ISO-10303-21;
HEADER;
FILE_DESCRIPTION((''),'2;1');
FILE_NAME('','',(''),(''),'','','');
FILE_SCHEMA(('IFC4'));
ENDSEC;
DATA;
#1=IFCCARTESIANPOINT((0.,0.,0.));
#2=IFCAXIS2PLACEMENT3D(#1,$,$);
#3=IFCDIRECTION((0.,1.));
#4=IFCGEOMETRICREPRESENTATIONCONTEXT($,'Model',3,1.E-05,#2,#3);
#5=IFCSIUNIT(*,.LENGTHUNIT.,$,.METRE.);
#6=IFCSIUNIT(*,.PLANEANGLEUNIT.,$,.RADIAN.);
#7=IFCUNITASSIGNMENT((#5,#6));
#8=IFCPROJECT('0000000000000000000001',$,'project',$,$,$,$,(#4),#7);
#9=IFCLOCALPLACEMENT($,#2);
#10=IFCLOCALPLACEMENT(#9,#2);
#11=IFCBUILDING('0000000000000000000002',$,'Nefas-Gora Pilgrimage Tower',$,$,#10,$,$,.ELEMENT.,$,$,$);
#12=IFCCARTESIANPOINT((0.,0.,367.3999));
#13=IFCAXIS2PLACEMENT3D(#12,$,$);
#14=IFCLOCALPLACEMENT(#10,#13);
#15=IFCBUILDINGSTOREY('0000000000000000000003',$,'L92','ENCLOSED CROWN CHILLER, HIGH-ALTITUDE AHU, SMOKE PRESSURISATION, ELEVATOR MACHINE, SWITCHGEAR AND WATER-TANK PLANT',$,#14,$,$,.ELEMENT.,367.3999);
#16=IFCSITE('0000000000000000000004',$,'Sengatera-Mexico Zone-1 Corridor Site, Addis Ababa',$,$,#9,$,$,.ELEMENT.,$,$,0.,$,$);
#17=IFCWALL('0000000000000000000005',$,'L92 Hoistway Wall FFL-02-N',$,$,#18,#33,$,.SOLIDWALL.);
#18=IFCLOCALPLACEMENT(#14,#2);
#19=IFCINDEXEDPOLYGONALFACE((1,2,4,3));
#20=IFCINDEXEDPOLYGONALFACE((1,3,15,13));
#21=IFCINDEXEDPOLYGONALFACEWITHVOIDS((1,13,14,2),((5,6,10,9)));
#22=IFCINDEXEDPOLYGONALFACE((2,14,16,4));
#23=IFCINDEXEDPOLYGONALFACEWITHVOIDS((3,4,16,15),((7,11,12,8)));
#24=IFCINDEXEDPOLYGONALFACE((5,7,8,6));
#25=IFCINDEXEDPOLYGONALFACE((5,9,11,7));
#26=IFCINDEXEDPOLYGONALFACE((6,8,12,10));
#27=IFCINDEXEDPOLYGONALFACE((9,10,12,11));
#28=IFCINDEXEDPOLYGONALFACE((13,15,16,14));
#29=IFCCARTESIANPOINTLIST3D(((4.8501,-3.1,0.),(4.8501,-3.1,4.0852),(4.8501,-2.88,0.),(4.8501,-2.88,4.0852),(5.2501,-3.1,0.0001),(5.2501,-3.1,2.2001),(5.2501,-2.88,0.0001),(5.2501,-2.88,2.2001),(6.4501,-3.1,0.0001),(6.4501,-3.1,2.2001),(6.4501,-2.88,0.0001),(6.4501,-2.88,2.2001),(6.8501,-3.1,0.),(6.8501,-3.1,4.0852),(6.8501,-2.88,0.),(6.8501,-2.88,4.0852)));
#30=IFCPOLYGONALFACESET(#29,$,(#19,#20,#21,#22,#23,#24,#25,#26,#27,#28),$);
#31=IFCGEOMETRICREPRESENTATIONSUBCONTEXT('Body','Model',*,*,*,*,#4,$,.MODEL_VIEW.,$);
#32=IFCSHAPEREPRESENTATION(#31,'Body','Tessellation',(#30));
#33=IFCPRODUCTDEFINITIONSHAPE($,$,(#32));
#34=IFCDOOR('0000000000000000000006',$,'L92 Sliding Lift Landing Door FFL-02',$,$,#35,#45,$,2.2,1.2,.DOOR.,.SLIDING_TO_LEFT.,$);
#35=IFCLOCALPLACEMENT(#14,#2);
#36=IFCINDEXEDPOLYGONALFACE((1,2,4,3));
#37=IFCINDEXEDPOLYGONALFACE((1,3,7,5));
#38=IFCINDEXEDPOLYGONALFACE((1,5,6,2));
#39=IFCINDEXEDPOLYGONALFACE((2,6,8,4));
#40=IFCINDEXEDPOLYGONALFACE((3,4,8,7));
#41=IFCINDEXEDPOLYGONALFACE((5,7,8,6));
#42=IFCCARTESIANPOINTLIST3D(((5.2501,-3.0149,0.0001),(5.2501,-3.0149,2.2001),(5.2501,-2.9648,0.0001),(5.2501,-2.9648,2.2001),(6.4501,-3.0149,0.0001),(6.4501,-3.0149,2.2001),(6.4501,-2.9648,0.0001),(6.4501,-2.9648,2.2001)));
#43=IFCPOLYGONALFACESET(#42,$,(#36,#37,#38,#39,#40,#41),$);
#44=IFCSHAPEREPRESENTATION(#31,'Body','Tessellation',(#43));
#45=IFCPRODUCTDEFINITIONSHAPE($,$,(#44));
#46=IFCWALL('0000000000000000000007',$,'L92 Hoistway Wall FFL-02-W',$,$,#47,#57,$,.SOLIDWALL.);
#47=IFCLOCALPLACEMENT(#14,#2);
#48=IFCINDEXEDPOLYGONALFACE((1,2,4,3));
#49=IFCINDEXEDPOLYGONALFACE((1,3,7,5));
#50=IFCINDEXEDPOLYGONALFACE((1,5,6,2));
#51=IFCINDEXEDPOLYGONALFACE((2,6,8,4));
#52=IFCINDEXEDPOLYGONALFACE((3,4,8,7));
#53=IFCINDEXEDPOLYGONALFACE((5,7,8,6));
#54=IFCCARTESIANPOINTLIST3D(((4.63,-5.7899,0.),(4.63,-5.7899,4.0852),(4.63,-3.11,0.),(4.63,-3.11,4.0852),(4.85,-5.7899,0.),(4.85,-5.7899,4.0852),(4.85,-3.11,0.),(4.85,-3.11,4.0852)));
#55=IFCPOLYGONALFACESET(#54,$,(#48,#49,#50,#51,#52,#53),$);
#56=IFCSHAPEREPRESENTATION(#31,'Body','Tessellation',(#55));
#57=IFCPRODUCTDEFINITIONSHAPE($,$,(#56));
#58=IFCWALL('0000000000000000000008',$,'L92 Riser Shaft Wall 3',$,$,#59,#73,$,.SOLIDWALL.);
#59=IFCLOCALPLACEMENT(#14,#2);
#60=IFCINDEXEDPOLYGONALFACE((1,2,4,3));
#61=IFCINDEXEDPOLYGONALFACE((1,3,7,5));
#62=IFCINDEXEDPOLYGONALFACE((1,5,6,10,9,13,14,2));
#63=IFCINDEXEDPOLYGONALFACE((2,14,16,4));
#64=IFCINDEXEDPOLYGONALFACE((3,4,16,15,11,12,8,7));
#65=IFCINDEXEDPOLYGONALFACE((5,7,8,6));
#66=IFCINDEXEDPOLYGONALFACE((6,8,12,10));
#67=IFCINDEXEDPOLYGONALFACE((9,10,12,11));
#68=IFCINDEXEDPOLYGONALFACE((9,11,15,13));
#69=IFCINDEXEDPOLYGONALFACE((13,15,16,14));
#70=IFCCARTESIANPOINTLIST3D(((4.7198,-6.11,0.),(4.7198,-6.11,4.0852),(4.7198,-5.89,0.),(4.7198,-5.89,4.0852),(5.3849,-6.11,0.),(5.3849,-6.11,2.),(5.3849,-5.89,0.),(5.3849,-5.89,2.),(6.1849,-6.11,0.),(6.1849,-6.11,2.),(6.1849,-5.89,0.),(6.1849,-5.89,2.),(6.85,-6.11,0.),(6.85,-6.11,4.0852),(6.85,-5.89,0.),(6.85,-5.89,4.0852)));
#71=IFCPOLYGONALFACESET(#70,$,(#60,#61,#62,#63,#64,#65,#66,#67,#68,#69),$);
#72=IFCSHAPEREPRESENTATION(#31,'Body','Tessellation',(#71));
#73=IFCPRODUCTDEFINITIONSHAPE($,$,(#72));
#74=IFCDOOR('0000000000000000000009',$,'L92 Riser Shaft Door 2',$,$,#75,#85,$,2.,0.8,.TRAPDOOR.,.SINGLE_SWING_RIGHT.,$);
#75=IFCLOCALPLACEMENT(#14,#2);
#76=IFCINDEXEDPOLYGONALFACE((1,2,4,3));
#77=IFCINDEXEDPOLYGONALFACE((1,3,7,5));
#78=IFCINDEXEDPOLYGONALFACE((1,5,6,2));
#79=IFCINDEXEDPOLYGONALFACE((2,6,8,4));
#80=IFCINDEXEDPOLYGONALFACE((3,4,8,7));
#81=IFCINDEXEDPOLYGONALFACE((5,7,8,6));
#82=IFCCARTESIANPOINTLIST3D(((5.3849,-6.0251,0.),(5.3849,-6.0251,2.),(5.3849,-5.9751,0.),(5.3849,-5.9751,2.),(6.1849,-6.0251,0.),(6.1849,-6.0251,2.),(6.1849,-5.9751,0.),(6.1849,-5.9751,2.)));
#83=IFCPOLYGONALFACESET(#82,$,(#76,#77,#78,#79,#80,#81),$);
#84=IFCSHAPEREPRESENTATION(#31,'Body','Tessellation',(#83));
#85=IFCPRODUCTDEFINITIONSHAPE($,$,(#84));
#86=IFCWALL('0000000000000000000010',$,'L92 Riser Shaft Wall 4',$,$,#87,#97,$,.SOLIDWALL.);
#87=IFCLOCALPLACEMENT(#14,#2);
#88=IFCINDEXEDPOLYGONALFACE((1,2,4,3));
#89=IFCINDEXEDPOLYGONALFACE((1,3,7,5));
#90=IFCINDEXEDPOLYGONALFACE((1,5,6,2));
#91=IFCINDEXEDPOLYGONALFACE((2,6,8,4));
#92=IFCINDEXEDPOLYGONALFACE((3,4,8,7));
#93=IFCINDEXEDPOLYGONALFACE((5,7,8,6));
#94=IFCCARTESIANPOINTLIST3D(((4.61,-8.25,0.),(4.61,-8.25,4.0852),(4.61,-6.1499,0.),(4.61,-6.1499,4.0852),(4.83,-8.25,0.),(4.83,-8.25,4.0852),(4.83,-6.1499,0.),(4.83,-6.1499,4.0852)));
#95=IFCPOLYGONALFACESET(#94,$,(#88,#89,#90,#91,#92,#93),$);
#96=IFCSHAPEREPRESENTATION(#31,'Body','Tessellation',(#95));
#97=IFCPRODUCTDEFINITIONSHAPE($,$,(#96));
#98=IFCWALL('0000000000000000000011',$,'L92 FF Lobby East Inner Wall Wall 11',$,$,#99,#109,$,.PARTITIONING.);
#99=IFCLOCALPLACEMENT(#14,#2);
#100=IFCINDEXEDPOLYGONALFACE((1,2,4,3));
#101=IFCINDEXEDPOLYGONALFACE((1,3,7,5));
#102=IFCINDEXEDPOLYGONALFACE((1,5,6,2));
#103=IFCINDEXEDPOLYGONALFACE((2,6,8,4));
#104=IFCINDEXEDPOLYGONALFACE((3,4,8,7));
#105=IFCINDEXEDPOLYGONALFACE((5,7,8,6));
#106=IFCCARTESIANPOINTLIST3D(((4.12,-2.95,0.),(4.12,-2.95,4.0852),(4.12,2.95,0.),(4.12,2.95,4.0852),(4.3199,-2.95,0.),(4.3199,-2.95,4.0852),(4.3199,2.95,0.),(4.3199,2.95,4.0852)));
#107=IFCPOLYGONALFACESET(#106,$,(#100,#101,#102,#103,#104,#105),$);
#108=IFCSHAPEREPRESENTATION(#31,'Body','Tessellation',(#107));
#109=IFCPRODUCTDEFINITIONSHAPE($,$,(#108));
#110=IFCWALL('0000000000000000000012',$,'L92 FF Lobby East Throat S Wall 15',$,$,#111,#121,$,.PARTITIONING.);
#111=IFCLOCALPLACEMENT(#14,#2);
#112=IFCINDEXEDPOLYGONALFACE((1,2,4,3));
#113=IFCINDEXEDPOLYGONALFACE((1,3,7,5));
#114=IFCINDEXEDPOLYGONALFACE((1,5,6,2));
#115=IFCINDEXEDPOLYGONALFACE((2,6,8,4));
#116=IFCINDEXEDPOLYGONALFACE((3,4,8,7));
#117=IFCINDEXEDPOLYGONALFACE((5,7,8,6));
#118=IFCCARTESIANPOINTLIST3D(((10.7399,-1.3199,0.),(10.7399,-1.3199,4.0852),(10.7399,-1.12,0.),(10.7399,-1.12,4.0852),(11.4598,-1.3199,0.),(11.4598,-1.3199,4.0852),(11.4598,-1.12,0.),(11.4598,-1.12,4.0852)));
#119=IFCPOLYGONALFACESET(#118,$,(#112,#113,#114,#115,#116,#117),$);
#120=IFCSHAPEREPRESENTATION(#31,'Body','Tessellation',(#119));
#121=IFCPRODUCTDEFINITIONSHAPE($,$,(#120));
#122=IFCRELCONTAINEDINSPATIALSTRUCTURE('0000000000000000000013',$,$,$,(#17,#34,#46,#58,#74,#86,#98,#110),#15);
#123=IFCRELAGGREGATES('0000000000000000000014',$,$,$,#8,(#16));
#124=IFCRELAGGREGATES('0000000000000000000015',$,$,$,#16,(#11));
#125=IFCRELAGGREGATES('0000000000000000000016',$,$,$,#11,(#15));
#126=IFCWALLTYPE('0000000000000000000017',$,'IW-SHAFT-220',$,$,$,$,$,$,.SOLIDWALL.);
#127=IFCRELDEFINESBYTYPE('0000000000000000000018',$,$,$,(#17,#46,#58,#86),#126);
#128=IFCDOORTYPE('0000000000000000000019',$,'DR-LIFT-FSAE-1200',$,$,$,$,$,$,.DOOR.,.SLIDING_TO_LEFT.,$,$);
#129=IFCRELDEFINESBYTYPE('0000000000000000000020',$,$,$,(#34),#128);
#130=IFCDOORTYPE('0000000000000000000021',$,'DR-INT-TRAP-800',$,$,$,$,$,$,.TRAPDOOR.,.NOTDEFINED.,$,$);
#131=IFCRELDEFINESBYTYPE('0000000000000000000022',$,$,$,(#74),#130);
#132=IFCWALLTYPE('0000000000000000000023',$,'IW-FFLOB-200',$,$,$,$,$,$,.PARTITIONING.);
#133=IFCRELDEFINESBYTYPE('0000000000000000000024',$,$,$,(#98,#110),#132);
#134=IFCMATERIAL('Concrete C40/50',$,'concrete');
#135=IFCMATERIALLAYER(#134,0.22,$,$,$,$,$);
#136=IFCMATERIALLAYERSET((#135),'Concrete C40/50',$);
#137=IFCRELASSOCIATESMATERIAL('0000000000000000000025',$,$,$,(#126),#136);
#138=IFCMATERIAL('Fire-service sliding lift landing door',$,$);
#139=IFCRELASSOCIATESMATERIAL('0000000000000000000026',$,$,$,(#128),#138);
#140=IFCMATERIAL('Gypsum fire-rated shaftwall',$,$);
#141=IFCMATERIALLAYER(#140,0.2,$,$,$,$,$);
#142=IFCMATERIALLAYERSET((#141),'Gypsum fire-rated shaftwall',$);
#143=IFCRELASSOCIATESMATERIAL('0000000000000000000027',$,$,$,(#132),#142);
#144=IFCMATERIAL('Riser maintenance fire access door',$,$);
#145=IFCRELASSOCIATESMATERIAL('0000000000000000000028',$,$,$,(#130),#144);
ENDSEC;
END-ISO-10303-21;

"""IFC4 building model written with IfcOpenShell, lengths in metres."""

from ifc_helpers import new_model, si_unit, direction, frame, frame_2d, origin, place, context, subcontext, project, spatial, rectangle, extrude, source, transform, mapped, material, layer, layer_set, type_object, element, fill, save


model = new_model("IFC4")

# Units and contexts
model_context = context("Model", 3, precision=1e-05, world=origin(), true_north=direction((0.0, 1.0)))
body_context = subcontext(model_context, "Body", "Model", "MODEL_VIEW")
ifc_project = project(units=[si_unit("LENGTHUNIT", "METRE"), si_unit("PLANEANGLEUNIT", "RADIAN")], contexts=[model_context])

# Site, building, storey
site_placement = place(None, origin())
site = spatial("IfcSite", under=ifc_project, at=site_placement, Name="Sengatera-Mexico Zone-1 Corridor Site, Addis Ababa", CompositionType="ELEMENT", RefElevation=0.0)
building_placement = place(site_placement, origin())
building = spatial("IfcBuilding", under=site, at=building_placement, Name="Nefas-Gora Pilgrimage Tower", CompositionType="ELEMENT")
storey_placement = place(building_placement, frame((0.0, 0.0, 367.3999)))
storey = spatial("IfcBuildingStorey", under=building, at=storey_placement, Name="L92", Description="ENCLOSED CROWN CHILLER, HIGH-ALTITUDE AHU, SMOKE PRESSURISATION, ELEVATOR MACHINE, SWITCHGEAR AND WATER-TANK PLANT", CompositionType="ELEMENT", Elevation=367.3999)

# Wall, opening, door
ifc_material_1 = material(Name="Concrete C40/50", Category="concrete")
ifc_layer_1 = layer(ifc_material_1, 0.22)
ifc_layer_set_1 = layer_set([ifc_layer_1], Name="Concrete C40/50")
wall_type_1 = type_object("IfcWallType", Name="IW-SHAFT-220", PredefinedType="SOLIDWALL", material=ifc_layer_set_1)
shared_shape_1 = source(origin(), body_context, "Body", "SweptSolid", [
    extrude(rectangle(XDim=2.0, YDim=0.22, at=frame_2d((1.0, 0.0))), origin(), (0.0, 0.0, 1.0), 4.0852),
])
wall_1_placement = place(storey_placement, frame((6.8501, -2.99, 0.0), z_axis=(0.0, 0.0, 1.0), x_axis=(-1.0, 0.0, 0.0)))
wall_1 = element("IfcWall", 1, at=wall_1_placement, inside=storey, type_object=wall_type_1, Name="L92 Hoistway Wall FFL-02-N", PredefinedType="SOLIDWALL", context=body_context, shape_type="MappedRepresentation", body=[
    mapped(shared_shape_1, transform((0.0, 0.0, 0.0), x_axis=(1.0, 0.0, 0.0), y_axis=(0.0, 1.0, 0.0), z_axis=(0.0, 0.0, 1.0), scale=1.0)),
])
opening_1_placement = place(wall_1_placement, frame((0.3999, 0.0, 0.0)))
opening_1 = element("IfcOpeningElement", 2, at=opening_1_placement, cuts=wall_1, PredefinedType="OPENING", context=body_context, shape_type="SweptSolid", body=[
    extrude(rectangle(XDim=1.2, YDim=2.2, at=frame_2d((0.6001, 1.1001))), frame((0.0, 0.1199, 0.0), z_axis=(0.0, -1.0, 0.0), x_axis=(1.0, 0.0, 0.0)), (0.0, 0.0, 1.0), 0.24),
])
ifc_material_2 = material(Name="Fire-service sliding lift landing door")
door_type_1 = type_object("IfcDoorType", Name="DR-LIFT-FSAE-1200", OperationType="SLIDING_TO_LEFT", PredefinedType="DOOR", material=ifc_material_2)
shared_shape_2 = source(origin(), body_context, "Body", "SweptSolid", [
    extrude(rectangle(XDim=1.2, YDim=2.2, at=frame_2d((0.6001, 1.1001))), frame((0.0, 0.0249, 0.0), z_axis=(0.0, -1.0, 0.0), x_axis=(1.0, 0.0, 0.0)), (0.0, 0.0, 1.0), 0.05),
])
door_1_placement = place(opening_1_placement, origin())
door_1 = element("IfcDoor", 3, at=door_1_placement, inside=storey, type_object=door_type_1, Name="L92 Sliding Lift Landing Door FFL-02", OperationType="SLIDING_TO_LEFT", OverallHeight=2.2, OverallWidth=1.2, PredefinedType="DOOR", context=body_context, shape_type="MappedRepresentation", body=[
    mapped(shared_shape_2, transform((0.0, 0.0, 0.0), x_axis=(1.0, 0.0, 0.0), y_axis=(0.0, 1.0, 0.0), z_axis=(0.0, 0.0, 1.0), scale=1.0)),
])
fill(opening_1, door_1)

# Wall
shared_shape_3 = source(origin(), body_context, "Body", "SweptSolid", [
    extrude(rectangle(XDim=2.6799, YDim=0.22, at=frame_2d((1.3398, 0.0))), origin(), (0.0, 0.0, 1.0), 4.0852),
])
wall_2_placement = place(storey_placement, frame((4.74, -3.1101, 0.0), z_axis=(0.0, 0.0, 1.0), x_axis=(0.0, -1.0, 0.0)))
element("IfcWall", 4, at=wall_2_placement, inside=storey, type_object=wall_type_1, Name="L92 Hoistway Wall FFL-02-W", PredefinedType="SOLIDWALL", context=body_context, shape_type="MappedRepresentation", body=[
    mapped(shared_shape_3, transform((0.0, 0.0, 0.0), x_axis=(1.0, 0.0, 0.0), y_axis=(0.0, 1.0, 0.0), z_axis=(0.0, 0.0, 1.0), scale=1.0)),
])

# Wall, opening, door
ifc_material_3 = material(Name="Gypsum fire-rated shaftwall")
ifc_layer_2 = layer(ifc_material_3, 0.2)
ifc_layer_set_2 = layer_set([ifc_layer_2], Name="Gypsum fire-rated shaftwall")
wall_type_2 = type_object("IfcWallType", Name="IW-FFLOB-200", PredefinedType="PARTITIONING", material=ifc_layer_set_2)
shared_shape_4 = source(origin(), body_context, "Body", "SweptSolid", [
    extrude(rectangle(XDim=2.1301, YDim=0.22, at=frame_2d((1.0649, 0.0))), origin(), (0.0, 0.0, 1.0), 4.0852),
])
wall_3_placement = place(storey_placement, frame((4.72, -6.0, 0.0), z_axis=(0.0, 0.0, 1.0), x_axis=(1.0, 0.0, 0.0)))
wall_3 = element("IfcWall", 5, at=wall_3_placement, inside=storey, type_object=wall_type_1, Name="L92 Riser Shaft Wall 3", PredefinedType="SOLIDWALL", context=body_context, shape_type="MappedRepresentation", body=[
    mapped(shared_shape_4, transform((0.0, 0.0, 0.0), x_axis=(1.0, 0.0, 0.0), y_axis=(0.0, 1.0, 0.0), z_axis=(0.0, 0.0, 1.0), scale=1.0)),
])
opening_2_placement = place(wall_3_placement, frame((0.665, 0.0, 0.0)))
opening_2 = element("IfcOpeningElement", 6, at=opening_2_placement, cuts=wall_3, PredefinedType="OPENING", context=body_context, shape_type="SweptSolid", body=[
    extrude(rectangle(XDim=0.8, YDim=2.0, at=frame_2d((0.3999, 1.0))), frame((0.0, 0.1199, 0.0), z_axis=(0.0, -1.0, 0.0), x_axis=(1.0, 0.0, 0.0)), (0.0, 0.0, 1.0), 0.24),
])
ifc_material_4 = material(Name="Riser maintenance fire access door")
door_type_2 = type_object("IfcDoorType", Name="DR-INT-TRAP-800", OperationType="NOTDEFINED", PredefinedType="TRAPDOOR", material=ifc_material_4)
shared_shape_5 = source(origin(), body_context, "Body", "SweptSolid", [
    extrude(rectangle(XDim=0.8, YDim=2.0, at=frame_2d((0.3999, 1.0))), frame((0.0, 0.0249, 0.0), z_axis=(0.0, -1.0, 0.0), x_axis=(1.0, 0.0, 0.0)), (0.0, 0.0, 1.0), 0.05),
])
door_2_placement = place(opening_2_placement, origin())
door_2 = element("IfcDoor", 7, at=door_2_placement, inside=storey, type_object=door_type_2, Name="L92 Riser Shaft Door 2", OperationType="SINGLE_SWING_RIGHT", OverallHeight=2.0, OverallWidth=0.8, PredefinedType="TRAPDOOR", context=body_context, shape_type="MappedRepresentation", body=[
    mapped(shared_shape_5, transform((0.0, 0.0, 0.0), x_axis=(1.0, 0.0, 0.0), y_axis=(0.0, 1.0, 0.0), z_axis=(0.0, 0.0, 1.0), scale=1.0)),
])
fill(opening_2, door_2)

# Walls
shared_shape_6 = source(origin(), body_context, "Body", "SweptSolid", [
    extrude(rectangle(XDim=2.1001, YDim=0.22, at=frame_2d((1.05, 0.0))), origin(), (0.0, 0.0, 1.0), 4.0852),
])
wall_4_placement = place(storey_placement, frame((4.72, -8.25, 0.0), z_axis=(0.0, 0.0, 1.0), x_axis=(0.0, 1.0, 0.0)))
element("IfcWall", 8, at=wall_4_placement, inside=storey, type_object=wall_type_1, Name="L92 Riser Shaft Wall 4", PredefinedType="SOLIDWALL", context=body_context, shape_type="MappedRepresentation", body=[
    mapped(shared_shape_6, transform((0.0, 0.0, 0.0), x_axis=(1.0, 0.0, 0.0), y_axis=(0.0, 1.0, 0.0), z_axis=(0.0, 0.0, 1.0), scale=1.0)),
])
shared_shape_7 = source(origin(), body_context, "Body", "SweptSolid", [
    extrude(rectangle(XDim=5.8999, YDim=0.2, at=frame_2d((2.95, 0.0))), origin(), (0.0, 0.0, 1.0), 4.0852),
])
wall_5_placement = place(storey_placement, frame((4.22, -2.95, 0.0), z_axis=(0.0, 0.0, 1.0), x_axis=(0.0, 1.0, 0.0)))
element("IfcWall", 9, at=wall_5_placement, inside=storey, type_object=wall_type_2, Name="L92 FF Lobby East Inner Wall Wall 11", PredefinedType="PARTITIONING", context=body_context, shape_type="MappedRepresentation", body=[
    mapped(shared_shape_7, transform((0.0, 0.0, 0.0), x_axis=(1.0, 0.0, 0.0), y_axis=(0.0, 1.0, 0.0), z_axis=(0.0, 0.0, 1.0), scale=1.0)),
])
shared_shape_8 = source(origin(), body_context, "Body", "SweptSolid", [
    extrude(rectangle(XDim=0.72, YDim=0.2, at=frame_2d((0.3599, 0.0))), origin(), (0.0, 0.0, 1.0), 4.0852),
])
wall_6_placement = place(storey_placement, frame((10.74, -1.22, 0.0), z_axis=(0.0, 0.0, 1.0), x_axis=(1.0, 0.0, 0.0)))
element("IfcWall", 10, at=wall_6_placement, inside=storey, type_object=wall_type_2, Name="L92 FF Lobby East Throat S Wall 15", PredefinedType="PARTITIONING", context=body_context, shape_type="MappedRepresentation", body=[
    mapped(shared_shape_8, transform((0.0, 0.0, 0.0), x_axis=(1.0, 0.0, 0.0), y_axis=(0.0, 1.0, 0.0), z_axis=(0.0, 0.0, 1.0), scale=1.0)),
])

save(model, "model.ifc")
